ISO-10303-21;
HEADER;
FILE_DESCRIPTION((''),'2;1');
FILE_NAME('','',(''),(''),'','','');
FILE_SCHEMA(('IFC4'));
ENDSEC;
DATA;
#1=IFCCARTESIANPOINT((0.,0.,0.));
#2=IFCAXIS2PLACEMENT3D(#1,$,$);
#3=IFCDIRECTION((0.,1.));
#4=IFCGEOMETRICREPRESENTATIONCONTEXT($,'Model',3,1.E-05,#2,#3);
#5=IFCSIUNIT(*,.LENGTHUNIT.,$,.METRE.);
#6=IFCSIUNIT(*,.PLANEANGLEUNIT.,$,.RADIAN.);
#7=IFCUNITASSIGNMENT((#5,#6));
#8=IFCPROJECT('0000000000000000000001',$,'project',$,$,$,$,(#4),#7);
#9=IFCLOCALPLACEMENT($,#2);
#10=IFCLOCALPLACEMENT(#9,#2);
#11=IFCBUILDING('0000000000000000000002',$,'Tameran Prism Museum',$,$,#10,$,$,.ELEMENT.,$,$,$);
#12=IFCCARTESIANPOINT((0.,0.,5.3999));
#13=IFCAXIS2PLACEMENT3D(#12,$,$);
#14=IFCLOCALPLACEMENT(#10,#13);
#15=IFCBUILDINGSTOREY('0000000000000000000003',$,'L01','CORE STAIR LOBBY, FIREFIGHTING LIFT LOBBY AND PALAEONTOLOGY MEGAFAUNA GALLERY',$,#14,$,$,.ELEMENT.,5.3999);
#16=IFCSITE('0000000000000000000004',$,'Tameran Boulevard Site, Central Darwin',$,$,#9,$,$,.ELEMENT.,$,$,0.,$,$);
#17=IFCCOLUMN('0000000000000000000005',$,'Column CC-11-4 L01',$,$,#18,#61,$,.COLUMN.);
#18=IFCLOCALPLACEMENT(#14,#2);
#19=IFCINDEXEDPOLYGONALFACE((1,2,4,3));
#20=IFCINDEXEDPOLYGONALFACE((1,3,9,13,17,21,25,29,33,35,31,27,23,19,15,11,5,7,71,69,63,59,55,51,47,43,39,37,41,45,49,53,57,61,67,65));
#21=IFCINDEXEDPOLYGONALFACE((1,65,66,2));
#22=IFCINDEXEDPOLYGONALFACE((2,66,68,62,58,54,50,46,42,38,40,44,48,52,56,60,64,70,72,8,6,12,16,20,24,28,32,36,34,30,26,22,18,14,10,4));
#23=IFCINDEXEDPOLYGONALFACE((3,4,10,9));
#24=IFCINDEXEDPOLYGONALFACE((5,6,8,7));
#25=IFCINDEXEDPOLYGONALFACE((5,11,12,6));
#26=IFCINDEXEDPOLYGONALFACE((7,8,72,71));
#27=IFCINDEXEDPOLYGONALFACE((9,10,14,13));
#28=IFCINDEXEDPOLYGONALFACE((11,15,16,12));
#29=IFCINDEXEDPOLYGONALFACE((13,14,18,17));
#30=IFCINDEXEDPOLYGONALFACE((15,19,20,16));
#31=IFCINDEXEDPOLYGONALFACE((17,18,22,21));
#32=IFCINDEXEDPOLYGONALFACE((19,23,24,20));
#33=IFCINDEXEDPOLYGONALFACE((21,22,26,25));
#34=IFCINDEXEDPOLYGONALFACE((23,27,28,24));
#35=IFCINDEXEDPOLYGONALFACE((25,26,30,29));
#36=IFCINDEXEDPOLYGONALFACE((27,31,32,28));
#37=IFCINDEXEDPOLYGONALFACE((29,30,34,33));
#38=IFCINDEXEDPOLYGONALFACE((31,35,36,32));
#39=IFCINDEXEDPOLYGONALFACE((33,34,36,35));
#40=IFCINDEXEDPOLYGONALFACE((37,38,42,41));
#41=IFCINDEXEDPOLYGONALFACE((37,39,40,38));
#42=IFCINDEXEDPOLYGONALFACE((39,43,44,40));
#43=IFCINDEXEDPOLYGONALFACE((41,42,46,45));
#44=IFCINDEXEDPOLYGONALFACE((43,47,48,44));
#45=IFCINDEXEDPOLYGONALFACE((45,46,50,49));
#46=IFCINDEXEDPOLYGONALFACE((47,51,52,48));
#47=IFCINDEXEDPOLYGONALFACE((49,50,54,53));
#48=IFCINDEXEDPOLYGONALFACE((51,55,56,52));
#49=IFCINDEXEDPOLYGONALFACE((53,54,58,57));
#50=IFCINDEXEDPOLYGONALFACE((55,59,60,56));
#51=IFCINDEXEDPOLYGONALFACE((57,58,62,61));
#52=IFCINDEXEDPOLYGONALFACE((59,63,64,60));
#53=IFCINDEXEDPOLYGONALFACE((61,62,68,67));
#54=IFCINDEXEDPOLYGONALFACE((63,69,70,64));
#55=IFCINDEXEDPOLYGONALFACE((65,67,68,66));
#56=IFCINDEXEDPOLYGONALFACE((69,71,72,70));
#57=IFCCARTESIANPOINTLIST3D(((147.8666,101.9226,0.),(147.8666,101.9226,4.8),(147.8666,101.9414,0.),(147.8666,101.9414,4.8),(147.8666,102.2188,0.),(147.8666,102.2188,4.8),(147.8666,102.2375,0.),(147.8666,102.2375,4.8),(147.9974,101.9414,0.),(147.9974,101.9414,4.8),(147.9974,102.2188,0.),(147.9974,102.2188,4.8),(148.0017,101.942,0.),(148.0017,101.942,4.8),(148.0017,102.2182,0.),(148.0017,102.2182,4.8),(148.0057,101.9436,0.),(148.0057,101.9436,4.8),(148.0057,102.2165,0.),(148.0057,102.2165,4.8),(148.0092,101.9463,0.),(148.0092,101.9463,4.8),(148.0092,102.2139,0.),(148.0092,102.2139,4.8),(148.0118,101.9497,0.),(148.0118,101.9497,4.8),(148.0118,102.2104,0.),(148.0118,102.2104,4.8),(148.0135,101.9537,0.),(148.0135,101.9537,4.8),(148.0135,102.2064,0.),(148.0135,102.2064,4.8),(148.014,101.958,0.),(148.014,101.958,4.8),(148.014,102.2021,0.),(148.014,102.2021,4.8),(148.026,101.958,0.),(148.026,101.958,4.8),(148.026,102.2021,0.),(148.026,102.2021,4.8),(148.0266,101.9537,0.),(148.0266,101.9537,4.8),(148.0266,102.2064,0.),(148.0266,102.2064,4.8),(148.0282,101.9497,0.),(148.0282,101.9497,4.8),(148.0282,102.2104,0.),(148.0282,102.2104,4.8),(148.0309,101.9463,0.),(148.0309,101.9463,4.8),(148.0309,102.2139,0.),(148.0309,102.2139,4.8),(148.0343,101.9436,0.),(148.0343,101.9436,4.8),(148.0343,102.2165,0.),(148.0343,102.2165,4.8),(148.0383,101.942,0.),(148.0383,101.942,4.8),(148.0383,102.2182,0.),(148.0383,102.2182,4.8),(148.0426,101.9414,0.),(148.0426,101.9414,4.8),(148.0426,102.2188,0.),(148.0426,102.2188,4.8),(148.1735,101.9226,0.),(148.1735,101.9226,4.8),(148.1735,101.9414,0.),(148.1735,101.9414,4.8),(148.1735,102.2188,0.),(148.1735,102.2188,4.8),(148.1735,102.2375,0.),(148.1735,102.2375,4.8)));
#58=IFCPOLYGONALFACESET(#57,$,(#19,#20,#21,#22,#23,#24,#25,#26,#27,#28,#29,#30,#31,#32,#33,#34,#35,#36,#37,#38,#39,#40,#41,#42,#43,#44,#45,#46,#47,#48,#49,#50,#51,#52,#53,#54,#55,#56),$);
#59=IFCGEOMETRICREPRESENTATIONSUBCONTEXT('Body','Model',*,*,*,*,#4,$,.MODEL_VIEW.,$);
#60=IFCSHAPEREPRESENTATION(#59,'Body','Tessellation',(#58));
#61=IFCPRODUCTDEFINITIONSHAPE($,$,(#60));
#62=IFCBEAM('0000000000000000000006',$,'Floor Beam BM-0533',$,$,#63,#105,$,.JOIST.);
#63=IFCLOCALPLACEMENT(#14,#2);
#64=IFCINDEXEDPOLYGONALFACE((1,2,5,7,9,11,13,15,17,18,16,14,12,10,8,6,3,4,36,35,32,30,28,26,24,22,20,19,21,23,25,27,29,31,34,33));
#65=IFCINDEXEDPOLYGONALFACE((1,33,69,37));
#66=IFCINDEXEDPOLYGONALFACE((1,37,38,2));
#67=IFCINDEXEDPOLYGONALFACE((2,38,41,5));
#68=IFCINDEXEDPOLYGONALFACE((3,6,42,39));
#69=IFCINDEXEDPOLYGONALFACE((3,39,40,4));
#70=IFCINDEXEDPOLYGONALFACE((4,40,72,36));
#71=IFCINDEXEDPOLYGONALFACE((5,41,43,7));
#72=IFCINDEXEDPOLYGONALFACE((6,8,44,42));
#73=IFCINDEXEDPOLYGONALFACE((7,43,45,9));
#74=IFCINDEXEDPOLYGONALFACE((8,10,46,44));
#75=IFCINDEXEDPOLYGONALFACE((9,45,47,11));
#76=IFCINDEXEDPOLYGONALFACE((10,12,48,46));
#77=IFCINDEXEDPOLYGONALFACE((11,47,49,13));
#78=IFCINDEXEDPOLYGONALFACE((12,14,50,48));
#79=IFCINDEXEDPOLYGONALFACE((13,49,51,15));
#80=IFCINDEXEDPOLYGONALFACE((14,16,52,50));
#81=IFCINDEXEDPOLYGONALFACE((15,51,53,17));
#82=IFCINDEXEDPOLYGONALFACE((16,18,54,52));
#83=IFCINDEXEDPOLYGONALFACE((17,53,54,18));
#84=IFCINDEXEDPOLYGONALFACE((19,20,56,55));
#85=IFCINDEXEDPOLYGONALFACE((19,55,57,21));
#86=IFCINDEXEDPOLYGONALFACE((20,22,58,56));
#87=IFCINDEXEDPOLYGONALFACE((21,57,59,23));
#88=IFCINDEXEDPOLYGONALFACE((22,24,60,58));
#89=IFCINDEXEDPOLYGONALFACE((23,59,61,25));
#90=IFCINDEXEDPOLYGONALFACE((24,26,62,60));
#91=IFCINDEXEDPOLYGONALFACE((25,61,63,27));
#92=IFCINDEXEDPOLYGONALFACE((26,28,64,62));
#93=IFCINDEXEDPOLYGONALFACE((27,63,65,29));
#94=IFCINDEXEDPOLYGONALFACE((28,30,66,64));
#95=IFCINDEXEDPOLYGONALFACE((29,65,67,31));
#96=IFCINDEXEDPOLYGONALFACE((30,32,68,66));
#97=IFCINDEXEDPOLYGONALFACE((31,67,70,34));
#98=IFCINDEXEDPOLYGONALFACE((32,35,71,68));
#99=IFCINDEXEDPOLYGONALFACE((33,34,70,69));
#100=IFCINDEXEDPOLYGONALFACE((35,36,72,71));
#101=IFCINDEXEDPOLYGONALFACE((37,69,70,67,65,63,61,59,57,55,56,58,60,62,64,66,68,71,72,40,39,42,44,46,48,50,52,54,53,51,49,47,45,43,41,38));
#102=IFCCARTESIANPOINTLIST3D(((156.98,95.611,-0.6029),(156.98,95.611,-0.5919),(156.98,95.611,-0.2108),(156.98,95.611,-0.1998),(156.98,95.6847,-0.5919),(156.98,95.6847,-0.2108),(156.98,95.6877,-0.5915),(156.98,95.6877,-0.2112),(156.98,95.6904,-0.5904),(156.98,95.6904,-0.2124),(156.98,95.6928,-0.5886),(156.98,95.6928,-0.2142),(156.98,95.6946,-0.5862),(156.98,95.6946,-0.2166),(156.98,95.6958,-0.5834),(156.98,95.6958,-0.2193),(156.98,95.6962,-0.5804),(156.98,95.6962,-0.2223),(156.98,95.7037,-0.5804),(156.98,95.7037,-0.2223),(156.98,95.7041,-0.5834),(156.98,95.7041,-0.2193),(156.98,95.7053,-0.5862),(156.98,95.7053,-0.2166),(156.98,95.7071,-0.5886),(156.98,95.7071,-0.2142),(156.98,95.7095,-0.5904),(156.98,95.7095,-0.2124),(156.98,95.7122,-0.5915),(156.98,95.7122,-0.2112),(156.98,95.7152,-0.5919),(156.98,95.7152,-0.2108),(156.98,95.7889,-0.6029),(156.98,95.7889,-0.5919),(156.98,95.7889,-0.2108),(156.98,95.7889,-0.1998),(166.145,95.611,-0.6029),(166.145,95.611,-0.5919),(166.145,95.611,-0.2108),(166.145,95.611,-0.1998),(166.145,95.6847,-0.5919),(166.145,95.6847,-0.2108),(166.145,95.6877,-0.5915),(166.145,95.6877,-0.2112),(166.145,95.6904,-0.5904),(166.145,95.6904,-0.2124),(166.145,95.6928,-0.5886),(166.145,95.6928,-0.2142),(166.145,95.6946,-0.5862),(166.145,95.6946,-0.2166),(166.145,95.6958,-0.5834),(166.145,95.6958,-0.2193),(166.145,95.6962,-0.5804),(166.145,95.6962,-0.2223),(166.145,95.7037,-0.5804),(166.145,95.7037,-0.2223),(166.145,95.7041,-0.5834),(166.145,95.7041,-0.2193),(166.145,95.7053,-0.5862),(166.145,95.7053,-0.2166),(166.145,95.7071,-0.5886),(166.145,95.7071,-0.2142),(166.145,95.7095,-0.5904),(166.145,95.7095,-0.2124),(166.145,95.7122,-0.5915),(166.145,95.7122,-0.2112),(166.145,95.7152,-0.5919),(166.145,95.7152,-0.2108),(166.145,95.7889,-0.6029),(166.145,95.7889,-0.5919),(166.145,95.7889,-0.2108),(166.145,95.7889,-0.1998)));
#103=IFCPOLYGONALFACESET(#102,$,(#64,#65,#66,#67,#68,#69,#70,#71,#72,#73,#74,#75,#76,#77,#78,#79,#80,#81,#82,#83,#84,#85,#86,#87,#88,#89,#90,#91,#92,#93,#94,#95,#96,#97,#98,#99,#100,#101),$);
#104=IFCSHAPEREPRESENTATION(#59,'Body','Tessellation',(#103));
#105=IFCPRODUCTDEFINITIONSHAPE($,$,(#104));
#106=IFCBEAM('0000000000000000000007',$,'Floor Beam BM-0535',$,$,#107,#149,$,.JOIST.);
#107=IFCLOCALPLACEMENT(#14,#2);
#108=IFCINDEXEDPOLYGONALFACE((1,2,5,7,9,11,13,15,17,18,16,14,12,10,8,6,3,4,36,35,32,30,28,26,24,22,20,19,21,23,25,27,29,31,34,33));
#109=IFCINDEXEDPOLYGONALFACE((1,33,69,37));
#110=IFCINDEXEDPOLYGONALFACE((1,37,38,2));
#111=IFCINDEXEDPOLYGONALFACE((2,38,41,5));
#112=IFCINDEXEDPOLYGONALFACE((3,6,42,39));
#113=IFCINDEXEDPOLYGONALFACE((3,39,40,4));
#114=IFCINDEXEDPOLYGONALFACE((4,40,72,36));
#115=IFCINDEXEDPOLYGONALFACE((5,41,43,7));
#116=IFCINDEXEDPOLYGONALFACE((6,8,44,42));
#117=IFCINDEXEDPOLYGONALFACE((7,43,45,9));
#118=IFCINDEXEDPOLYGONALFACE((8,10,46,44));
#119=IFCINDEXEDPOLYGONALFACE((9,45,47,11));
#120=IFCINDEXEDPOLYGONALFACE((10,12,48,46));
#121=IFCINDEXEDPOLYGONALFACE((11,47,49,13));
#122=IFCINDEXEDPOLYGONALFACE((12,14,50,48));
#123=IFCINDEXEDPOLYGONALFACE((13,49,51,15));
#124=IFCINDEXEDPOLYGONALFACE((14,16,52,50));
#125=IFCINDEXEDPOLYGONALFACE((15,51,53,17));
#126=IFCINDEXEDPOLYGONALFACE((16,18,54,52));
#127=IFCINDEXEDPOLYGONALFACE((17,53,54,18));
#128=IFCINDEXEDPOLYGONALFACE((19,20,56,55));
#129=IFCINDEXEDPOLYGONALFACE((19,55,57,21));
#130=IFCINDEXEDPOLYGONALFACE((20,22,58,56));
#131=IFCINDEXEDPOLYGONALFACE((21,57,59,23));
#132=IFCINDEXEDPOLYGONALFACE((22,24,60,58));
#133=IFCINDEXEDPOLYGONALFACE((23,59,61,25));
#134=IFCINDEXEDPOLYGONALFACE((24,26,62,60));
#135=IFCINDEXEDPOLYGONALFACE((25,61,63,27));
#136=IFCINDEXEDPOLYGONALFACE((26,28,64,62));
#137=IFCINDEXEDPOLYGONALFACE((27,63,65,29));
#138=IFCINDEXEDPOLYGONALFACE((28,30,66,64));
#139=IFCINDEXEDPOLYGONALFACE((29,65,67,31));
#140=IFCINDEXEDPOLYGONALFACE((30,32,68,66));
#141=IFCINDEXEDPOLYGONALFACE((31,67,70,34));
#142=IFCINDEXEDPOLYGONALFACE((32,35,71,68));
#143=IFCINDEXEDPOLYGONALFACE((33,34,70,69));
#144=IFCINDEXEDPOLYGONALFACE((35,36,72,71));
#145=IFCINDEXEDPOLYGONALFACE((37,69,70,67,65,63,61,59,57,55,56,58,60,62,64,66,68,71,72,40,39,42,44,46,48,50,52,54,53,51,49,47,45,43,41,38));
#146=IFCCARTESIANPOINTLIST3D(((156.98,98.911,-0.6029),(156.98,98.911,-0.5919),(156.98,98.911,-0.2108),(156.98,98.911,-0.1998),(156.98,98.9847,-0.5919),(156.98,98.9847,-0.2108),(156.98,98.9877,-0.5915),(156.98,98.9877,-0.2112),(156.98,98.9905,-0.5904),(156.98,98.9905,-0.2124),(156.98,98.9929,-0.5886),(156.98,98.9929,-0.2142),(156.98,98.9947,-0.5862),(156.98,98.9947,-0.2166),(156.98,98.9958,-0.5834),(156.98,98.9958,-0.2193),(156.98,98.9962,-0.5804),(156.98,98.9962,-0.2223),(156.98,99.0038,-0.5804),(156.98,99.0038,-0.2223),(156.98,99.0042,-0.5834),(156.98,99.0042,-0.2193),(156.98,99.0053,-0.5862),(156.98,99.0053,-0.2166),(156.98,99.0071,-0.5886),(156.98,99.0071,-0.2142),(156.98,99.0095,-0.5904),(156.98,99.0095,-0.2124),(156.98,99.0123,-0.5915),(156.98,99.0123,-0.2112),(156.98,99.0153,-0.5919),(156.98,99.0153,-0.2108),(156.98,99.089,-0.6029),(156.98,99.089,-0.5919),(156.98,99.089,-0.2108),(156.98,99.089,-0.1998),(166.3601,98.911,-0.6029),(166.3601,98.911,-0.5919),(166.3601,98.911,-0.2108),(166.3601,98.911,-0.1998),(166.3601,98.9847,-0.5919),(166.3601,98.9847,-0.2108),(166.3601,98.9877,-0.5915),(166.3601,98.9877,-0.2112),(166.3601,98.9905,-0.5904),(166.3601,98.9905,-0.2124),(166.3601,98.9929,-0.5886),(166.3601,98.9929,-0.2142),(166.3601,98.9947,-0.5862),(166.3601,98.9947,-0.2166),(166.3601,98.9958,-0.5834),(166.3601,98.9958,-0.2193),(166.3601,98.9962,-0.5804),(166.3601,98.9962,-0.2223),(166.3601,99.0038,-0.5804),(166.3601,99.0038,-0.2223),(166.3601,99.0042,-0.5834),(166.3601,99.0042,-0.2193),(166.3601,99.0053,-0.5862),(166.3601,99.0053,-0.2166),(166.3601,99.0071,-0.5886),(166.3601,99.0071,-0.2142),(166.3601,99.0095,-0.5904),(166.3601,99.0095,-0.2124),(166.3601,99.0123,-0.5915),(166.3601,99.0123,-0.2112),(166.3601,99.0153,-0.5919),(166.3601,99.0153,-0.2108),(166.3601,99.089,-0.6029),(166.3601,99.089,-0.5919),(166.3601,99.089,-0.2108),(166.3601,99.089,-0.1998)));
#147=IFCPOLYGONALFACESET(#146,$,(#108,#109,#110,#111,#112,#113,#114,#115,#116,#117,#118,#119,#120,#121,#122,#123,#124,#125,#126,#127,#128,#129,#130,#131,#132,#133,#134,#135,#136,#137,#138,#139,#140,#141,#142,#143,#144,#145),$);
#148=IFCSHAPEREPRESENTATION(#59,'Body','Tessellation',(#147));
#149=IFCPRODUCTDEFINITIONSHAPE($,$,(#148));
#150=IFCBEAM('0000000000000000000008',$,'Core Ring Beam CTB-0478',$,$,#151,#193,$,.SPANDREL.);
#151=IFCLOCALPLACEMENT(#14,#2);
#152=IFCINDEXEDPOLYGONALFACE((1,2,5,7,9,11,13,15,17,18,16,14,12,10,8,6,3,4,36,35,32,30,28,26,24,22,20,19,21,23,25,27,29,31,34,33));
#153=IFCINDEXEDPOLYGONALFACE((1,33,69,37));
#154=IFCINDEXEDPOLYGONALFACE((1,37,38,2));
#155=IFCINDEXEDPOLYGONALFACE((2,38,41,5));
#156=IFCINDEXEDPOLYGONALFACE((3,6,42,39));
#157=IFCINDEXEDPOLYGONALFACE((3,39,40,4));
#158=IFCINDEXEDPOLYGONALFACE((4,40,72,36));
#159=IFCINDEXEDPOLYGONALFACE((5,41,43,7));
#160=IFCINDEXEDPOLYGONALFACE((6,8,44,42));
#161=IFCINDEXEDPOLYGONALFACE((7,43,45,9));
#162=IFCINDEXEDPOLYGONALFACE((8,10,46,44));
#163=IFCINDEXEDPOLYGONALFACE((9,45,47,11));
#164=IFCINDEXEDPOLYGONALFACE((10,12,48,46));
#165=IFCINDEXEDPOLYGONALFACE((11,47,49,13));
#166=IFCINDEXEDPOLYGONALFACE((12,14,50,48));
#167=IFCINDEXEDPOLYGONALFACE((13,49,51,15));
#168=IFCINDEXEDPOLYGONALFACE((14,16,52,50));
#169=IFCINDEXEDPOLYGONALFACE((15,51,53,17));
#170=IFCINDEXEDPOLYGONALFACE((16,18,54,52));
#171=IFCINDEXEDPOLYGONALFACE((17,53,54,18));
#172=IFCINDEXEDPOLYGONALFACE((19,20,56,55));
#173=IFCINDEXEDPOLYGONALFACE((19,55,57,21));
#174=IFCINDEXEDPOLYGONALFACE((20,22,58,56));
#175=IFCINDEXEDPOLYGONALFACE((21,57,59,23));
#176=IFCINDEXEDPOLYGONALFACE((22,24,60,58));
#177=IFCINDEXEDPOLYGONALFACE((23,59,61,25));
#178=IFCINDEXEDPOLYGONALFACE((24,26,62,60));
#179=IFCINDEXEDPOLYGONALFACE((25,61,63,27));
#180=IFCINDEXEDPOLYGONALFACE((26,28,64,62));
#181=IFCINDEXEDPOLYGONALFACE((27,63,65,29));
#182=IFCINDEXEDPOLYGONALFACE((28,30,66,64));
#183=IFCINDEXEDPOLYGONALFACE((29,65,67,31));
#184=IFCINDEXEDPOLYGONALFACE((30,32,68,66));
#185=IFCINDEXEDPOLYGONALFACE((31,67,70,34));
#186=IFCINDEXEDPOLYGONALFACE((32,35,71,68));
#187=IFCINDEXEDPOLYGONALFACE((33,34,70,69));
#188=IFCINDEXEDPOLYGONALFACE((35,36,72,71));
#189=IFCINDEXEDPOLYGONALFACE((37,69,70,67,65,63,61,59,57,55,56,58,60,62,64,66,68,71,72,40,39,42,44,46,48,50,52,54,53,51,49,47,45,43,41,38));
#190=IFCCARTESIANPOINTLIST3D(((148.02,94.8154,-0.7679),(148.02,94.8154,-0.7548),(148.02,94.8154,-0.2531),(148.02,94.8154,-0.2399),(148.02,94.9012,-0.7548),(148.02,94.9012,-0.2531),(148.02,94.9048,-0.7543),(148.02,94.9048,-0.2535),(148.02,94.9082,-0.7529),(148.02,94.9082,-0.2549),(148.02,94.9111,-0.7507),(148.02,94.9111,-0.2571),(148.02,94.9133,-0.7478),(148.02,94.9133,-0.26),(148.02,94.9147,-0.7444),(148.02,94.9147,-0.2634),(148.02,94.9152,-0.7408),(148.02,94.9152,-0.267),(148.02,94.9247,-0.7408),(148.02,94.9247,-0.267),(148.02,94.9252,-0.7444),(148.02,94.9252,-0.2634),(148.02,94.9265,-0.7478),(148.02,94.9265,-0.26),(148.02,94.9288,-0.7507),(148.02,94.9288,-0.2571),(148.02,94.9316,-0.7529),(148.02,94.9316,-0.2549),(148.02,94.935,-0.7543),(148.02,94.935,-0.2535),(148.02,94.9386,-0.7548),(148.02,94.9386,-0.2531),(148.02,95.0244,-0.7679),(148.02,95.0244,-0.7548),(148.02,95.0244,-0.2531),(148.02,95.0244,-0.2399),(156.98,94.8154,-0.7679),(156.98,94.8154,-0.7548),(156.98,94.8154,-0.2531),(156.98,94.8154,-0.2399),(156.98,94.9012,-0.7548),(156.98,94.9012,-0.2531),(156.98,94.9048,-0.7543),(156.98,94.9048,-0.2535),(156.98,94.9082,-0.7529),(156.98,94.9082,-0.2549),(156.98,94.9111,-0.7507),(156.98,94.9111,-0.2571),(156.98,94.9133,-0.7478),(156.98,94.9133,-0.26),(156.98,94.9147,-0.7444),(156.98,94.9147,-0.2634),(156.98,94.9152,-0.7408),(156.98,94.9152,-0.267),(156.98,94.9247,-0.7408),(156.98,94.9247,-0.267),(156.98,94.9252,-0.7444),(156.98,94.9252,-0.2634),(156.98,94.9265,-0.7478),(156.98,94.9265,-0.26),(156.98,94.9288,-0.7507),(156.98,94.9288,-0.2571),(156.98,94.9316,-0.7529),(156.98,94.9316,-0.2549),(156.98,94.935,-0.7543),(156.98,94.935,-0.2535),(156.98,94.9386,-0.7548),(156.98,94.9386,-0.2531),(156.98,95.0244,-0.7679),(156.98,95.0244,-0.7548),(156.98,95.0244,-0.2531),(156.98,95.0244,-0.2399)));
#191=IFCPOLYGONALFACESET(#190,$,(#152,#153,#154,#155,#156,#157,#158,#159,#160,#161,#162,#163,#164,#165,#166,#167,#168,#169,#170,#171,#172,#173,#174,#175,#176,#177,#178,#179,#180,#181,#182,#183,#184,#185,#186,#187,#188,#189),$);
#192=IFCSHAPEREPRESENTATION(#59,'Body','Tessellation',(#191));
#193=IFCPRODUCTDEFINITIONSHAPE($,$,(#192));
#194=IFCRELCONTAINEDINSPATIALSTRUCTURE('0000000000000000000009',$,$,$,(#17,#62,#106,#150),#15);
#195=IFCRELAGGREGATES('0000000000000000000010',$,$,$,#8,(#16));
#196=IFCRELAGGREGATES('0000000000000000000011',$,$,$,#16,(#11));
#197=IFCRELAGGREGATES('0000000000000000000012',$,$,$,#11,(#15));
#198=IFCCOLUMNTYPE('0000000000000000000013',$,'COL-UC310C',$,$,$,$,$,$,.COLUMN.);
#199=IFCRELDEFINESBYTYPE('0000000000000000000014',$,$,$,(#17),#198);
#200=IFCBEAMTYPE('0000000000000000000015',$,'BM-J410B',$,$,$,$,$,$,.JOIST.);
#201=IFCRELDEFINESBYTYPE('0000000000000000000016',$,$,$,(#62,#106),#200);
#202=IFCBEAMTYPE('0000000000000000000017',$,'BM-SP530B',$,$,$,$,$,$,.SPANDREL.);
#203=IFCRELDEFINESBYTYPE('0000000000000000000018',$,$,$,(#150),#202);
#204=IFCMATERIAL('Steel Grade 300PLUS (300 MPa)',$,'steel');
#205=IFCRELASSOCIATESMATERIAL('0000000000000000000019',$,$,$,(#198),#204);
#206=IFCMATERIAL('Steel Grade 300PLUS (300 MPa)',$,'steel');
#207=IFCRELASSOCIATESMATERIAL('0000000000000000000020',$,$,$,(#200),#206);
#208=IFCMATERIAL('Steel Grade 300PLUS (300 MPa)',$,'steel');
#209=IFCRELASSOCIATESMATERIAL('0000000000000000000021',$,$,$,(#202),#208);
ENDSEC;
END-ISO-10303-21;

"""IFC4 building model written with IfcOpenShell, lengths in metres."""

from ifc_helpers import new_model, si_unit, direction, frame, origin, origin_2d, place, context, subcontext, project, spatial, i_section, extrude, material, material_profile, profile_set, type_object, element, save


model = new_model("IFC4")

# Units and contexts
model_context = context("Model", 3, precision=1e-05, world=origin(), true_north=direction((0.0, 1.0)))
body_context = subcontext(model_context, "Body", "Model", "MODEL_VIEW")
ifc_project = project(units=[si_unit("LENGTHUNIT", "METRE"), si_unit("PLANEANGLEUNIT", "RADIAN")], contexts=[model_context])

# Site, building, storey
site_placement = place(None, origin())
site = spatial("IfcSite", under=ifc_project, at=site_placement, Name="Tameran Boulevard Site, Central Darwin", CompositionType="ELEMENT", RefElevation=0.0)
building_placement = place(site_placement, origin())
building = spatial("IfcBuilding", under=site, at=building_placement, Name="Tameran Prism Museum", CompositionType="ELEMENT")
storey_placement = place(building_placement, frame((0.0, 0.0, 5.3999)))
storey = spatial("IfcBuildingStorey", under=building, at=storey_placement, Name="L01", Description="CORE STAIR LOBBY, FIREFIGHTING LIFT LOBBY AND PALAEONTOLOGY MEGAFAUNA GALLERY", CompositionType="ELEMENT", Elevation=5.3999)

# Column
ifc_material_1 = material(Name="Steel Grade 300PLUS (300 MPa)", Category="steel")
ifc_material_profile_1 = material_profile(ifc_material_1, i_section(OverallWidth=0.3069, OverallDepth=0.3149, WebThickness=0.012, FlangeThickness=0.0188, FilletRadius=0.0166, at=origin_2d()))
ifc_profile_set_1 = profile_set([ifc_material_profile_1])
column_type = type_object("IfcColumnType", Name="COL-UC310C", PredefinedType="COLUMN", material=ifc_profile_set_1)
for number, where, z_axis, x_axis, name in (
    (1, (148.02, 102.0801, 0.0), (0.0, 0.0, 1.0), (1.0, 0.0, 0.0), "Column CC-11-4 L01"),
):
    element("IfcColumn", number, at=place(storey_placement, frame(where, z_axis=z_axis, x_axis=x_axis)), inside=storey, type_object=column_type, Name=name, PredefinedType="COLUMN", context=body_context, shape_type="SweptSolid", body=[
        extrude(i_section(OverallWidth=0.3069, OverallDepth=0.3149, WebThickness=0.012, FlangeThickness=0.0188, FilletRadius=0.0166, at=origin_2d()), origin(), (0.0, 0.0, 1.0), 4.8),
    ])

# Beams
ifc_material_2 = material(Name="Steel Grade 300PLUS (300 MPa)", Category="steel")
ifc_material_profile_2 = material_profile(ifc_material_2, i_section(OverallWidth=0.178, OverallDepth=0.4031, WebThickness=0.0076, FlangeThickness=0.011, FilletRadius=0.0115, at=origin_2d()))
ifc_profile_set_2 = profile_set([ifc_material_profile_2])
beam_type_1 = type_object("IfcBeamType", Name="BM-J410B", PredefinedType="JOIST", material=ifc_profile_set_2)
beam_1_placement = place(storey_placement, frame((156.98, 95.7, -0.4014), z_axis=(1.0, 0.0, 0.0), x_axis=(0.0, 1.0, 0.0)))
element("IfcBeam", 2, at=beam_1_placement, inside=storey, type_object=beam_type_1, Name="Floor Beam BM-0533", PredefinedType="JOIST", context=body_context, shape_type="SweptSolid", body=[
    extrude(i_section(OverallWidth=0.178, OverallDepth=0.4031, WebThickness=0.0076, FlangeThickness=0.011, FilletRadius=0.0115, at=origin_2d()), origin(), (0.0, 0.0, 1.0), 9.165),
])
beam_2_placement = place(storey_placement, frame((156.98, 99.0, -0.4014), z_axis=(1.0, 0.0, 0.0), x_axis=(0.0, 1.0, 0.0)))
element("IfcBeam", 3, at=beam_2_placement, inside=storey, type_object=beam_type_1, Name="Floor Beam BM-0535", PredefinedType="JOIST", context=body_context, shape_type="SweptSolid", body=[
    extrude(i_section(OverallWidth=0.178, OverallDepth=0.4031, WebThickness=0.0076, FlangeThickness=0.011, FilletRadius=0.0115, at=origin_2d()), origin(), (0.0, 0.0, 1.0), 9.3801),
])
ifc_material_3 = material(Name="Steel Grade 300PLUS (300 MPa)", Category="steel")
ifc_material_profile_3 = material_profile(ifc_material_3, i_section(OverallWidth=0.209, OverallDepth=0.5281, WebThickness=0.0095, FlangeThickness=0.0132, FilletRadius=0.0139, at=origin_2d()))
ifc_profile_set_3 = profile_set([ifc_material_profile_3])
beam_type_2 = type_object("IfcBeamType", Name="BM-SP530B", PredefinedType="SPANDREL", material=ifc_profile_set_3)
beam_3_placement = place(storey_placement, frame((148.02, 94.9199, -0.5039), z_axis=(1.0, 0.0, 0.0), x_axis=(0.0, 1.0, 0.0)))
element("IfcBeam", 4, at=beam_3_placement, inside=storey, type_object=beam_type_2, Name="Core Ring Beam CTB-0478", PredefinedType="SPANDREL", context=body_context, shape_type="SweptSolid", body=[
    extrude(i_section(OverallWidth=0.209, OverallDepth=0.5281, WebThickness=0.0095, FlangeThickness=0.0132, FilletRadius=0.0139, at=origin_2d()), origin(), (0.0, 0.0, 1.0), 8.96),
])

save(model, "model.ifc")
